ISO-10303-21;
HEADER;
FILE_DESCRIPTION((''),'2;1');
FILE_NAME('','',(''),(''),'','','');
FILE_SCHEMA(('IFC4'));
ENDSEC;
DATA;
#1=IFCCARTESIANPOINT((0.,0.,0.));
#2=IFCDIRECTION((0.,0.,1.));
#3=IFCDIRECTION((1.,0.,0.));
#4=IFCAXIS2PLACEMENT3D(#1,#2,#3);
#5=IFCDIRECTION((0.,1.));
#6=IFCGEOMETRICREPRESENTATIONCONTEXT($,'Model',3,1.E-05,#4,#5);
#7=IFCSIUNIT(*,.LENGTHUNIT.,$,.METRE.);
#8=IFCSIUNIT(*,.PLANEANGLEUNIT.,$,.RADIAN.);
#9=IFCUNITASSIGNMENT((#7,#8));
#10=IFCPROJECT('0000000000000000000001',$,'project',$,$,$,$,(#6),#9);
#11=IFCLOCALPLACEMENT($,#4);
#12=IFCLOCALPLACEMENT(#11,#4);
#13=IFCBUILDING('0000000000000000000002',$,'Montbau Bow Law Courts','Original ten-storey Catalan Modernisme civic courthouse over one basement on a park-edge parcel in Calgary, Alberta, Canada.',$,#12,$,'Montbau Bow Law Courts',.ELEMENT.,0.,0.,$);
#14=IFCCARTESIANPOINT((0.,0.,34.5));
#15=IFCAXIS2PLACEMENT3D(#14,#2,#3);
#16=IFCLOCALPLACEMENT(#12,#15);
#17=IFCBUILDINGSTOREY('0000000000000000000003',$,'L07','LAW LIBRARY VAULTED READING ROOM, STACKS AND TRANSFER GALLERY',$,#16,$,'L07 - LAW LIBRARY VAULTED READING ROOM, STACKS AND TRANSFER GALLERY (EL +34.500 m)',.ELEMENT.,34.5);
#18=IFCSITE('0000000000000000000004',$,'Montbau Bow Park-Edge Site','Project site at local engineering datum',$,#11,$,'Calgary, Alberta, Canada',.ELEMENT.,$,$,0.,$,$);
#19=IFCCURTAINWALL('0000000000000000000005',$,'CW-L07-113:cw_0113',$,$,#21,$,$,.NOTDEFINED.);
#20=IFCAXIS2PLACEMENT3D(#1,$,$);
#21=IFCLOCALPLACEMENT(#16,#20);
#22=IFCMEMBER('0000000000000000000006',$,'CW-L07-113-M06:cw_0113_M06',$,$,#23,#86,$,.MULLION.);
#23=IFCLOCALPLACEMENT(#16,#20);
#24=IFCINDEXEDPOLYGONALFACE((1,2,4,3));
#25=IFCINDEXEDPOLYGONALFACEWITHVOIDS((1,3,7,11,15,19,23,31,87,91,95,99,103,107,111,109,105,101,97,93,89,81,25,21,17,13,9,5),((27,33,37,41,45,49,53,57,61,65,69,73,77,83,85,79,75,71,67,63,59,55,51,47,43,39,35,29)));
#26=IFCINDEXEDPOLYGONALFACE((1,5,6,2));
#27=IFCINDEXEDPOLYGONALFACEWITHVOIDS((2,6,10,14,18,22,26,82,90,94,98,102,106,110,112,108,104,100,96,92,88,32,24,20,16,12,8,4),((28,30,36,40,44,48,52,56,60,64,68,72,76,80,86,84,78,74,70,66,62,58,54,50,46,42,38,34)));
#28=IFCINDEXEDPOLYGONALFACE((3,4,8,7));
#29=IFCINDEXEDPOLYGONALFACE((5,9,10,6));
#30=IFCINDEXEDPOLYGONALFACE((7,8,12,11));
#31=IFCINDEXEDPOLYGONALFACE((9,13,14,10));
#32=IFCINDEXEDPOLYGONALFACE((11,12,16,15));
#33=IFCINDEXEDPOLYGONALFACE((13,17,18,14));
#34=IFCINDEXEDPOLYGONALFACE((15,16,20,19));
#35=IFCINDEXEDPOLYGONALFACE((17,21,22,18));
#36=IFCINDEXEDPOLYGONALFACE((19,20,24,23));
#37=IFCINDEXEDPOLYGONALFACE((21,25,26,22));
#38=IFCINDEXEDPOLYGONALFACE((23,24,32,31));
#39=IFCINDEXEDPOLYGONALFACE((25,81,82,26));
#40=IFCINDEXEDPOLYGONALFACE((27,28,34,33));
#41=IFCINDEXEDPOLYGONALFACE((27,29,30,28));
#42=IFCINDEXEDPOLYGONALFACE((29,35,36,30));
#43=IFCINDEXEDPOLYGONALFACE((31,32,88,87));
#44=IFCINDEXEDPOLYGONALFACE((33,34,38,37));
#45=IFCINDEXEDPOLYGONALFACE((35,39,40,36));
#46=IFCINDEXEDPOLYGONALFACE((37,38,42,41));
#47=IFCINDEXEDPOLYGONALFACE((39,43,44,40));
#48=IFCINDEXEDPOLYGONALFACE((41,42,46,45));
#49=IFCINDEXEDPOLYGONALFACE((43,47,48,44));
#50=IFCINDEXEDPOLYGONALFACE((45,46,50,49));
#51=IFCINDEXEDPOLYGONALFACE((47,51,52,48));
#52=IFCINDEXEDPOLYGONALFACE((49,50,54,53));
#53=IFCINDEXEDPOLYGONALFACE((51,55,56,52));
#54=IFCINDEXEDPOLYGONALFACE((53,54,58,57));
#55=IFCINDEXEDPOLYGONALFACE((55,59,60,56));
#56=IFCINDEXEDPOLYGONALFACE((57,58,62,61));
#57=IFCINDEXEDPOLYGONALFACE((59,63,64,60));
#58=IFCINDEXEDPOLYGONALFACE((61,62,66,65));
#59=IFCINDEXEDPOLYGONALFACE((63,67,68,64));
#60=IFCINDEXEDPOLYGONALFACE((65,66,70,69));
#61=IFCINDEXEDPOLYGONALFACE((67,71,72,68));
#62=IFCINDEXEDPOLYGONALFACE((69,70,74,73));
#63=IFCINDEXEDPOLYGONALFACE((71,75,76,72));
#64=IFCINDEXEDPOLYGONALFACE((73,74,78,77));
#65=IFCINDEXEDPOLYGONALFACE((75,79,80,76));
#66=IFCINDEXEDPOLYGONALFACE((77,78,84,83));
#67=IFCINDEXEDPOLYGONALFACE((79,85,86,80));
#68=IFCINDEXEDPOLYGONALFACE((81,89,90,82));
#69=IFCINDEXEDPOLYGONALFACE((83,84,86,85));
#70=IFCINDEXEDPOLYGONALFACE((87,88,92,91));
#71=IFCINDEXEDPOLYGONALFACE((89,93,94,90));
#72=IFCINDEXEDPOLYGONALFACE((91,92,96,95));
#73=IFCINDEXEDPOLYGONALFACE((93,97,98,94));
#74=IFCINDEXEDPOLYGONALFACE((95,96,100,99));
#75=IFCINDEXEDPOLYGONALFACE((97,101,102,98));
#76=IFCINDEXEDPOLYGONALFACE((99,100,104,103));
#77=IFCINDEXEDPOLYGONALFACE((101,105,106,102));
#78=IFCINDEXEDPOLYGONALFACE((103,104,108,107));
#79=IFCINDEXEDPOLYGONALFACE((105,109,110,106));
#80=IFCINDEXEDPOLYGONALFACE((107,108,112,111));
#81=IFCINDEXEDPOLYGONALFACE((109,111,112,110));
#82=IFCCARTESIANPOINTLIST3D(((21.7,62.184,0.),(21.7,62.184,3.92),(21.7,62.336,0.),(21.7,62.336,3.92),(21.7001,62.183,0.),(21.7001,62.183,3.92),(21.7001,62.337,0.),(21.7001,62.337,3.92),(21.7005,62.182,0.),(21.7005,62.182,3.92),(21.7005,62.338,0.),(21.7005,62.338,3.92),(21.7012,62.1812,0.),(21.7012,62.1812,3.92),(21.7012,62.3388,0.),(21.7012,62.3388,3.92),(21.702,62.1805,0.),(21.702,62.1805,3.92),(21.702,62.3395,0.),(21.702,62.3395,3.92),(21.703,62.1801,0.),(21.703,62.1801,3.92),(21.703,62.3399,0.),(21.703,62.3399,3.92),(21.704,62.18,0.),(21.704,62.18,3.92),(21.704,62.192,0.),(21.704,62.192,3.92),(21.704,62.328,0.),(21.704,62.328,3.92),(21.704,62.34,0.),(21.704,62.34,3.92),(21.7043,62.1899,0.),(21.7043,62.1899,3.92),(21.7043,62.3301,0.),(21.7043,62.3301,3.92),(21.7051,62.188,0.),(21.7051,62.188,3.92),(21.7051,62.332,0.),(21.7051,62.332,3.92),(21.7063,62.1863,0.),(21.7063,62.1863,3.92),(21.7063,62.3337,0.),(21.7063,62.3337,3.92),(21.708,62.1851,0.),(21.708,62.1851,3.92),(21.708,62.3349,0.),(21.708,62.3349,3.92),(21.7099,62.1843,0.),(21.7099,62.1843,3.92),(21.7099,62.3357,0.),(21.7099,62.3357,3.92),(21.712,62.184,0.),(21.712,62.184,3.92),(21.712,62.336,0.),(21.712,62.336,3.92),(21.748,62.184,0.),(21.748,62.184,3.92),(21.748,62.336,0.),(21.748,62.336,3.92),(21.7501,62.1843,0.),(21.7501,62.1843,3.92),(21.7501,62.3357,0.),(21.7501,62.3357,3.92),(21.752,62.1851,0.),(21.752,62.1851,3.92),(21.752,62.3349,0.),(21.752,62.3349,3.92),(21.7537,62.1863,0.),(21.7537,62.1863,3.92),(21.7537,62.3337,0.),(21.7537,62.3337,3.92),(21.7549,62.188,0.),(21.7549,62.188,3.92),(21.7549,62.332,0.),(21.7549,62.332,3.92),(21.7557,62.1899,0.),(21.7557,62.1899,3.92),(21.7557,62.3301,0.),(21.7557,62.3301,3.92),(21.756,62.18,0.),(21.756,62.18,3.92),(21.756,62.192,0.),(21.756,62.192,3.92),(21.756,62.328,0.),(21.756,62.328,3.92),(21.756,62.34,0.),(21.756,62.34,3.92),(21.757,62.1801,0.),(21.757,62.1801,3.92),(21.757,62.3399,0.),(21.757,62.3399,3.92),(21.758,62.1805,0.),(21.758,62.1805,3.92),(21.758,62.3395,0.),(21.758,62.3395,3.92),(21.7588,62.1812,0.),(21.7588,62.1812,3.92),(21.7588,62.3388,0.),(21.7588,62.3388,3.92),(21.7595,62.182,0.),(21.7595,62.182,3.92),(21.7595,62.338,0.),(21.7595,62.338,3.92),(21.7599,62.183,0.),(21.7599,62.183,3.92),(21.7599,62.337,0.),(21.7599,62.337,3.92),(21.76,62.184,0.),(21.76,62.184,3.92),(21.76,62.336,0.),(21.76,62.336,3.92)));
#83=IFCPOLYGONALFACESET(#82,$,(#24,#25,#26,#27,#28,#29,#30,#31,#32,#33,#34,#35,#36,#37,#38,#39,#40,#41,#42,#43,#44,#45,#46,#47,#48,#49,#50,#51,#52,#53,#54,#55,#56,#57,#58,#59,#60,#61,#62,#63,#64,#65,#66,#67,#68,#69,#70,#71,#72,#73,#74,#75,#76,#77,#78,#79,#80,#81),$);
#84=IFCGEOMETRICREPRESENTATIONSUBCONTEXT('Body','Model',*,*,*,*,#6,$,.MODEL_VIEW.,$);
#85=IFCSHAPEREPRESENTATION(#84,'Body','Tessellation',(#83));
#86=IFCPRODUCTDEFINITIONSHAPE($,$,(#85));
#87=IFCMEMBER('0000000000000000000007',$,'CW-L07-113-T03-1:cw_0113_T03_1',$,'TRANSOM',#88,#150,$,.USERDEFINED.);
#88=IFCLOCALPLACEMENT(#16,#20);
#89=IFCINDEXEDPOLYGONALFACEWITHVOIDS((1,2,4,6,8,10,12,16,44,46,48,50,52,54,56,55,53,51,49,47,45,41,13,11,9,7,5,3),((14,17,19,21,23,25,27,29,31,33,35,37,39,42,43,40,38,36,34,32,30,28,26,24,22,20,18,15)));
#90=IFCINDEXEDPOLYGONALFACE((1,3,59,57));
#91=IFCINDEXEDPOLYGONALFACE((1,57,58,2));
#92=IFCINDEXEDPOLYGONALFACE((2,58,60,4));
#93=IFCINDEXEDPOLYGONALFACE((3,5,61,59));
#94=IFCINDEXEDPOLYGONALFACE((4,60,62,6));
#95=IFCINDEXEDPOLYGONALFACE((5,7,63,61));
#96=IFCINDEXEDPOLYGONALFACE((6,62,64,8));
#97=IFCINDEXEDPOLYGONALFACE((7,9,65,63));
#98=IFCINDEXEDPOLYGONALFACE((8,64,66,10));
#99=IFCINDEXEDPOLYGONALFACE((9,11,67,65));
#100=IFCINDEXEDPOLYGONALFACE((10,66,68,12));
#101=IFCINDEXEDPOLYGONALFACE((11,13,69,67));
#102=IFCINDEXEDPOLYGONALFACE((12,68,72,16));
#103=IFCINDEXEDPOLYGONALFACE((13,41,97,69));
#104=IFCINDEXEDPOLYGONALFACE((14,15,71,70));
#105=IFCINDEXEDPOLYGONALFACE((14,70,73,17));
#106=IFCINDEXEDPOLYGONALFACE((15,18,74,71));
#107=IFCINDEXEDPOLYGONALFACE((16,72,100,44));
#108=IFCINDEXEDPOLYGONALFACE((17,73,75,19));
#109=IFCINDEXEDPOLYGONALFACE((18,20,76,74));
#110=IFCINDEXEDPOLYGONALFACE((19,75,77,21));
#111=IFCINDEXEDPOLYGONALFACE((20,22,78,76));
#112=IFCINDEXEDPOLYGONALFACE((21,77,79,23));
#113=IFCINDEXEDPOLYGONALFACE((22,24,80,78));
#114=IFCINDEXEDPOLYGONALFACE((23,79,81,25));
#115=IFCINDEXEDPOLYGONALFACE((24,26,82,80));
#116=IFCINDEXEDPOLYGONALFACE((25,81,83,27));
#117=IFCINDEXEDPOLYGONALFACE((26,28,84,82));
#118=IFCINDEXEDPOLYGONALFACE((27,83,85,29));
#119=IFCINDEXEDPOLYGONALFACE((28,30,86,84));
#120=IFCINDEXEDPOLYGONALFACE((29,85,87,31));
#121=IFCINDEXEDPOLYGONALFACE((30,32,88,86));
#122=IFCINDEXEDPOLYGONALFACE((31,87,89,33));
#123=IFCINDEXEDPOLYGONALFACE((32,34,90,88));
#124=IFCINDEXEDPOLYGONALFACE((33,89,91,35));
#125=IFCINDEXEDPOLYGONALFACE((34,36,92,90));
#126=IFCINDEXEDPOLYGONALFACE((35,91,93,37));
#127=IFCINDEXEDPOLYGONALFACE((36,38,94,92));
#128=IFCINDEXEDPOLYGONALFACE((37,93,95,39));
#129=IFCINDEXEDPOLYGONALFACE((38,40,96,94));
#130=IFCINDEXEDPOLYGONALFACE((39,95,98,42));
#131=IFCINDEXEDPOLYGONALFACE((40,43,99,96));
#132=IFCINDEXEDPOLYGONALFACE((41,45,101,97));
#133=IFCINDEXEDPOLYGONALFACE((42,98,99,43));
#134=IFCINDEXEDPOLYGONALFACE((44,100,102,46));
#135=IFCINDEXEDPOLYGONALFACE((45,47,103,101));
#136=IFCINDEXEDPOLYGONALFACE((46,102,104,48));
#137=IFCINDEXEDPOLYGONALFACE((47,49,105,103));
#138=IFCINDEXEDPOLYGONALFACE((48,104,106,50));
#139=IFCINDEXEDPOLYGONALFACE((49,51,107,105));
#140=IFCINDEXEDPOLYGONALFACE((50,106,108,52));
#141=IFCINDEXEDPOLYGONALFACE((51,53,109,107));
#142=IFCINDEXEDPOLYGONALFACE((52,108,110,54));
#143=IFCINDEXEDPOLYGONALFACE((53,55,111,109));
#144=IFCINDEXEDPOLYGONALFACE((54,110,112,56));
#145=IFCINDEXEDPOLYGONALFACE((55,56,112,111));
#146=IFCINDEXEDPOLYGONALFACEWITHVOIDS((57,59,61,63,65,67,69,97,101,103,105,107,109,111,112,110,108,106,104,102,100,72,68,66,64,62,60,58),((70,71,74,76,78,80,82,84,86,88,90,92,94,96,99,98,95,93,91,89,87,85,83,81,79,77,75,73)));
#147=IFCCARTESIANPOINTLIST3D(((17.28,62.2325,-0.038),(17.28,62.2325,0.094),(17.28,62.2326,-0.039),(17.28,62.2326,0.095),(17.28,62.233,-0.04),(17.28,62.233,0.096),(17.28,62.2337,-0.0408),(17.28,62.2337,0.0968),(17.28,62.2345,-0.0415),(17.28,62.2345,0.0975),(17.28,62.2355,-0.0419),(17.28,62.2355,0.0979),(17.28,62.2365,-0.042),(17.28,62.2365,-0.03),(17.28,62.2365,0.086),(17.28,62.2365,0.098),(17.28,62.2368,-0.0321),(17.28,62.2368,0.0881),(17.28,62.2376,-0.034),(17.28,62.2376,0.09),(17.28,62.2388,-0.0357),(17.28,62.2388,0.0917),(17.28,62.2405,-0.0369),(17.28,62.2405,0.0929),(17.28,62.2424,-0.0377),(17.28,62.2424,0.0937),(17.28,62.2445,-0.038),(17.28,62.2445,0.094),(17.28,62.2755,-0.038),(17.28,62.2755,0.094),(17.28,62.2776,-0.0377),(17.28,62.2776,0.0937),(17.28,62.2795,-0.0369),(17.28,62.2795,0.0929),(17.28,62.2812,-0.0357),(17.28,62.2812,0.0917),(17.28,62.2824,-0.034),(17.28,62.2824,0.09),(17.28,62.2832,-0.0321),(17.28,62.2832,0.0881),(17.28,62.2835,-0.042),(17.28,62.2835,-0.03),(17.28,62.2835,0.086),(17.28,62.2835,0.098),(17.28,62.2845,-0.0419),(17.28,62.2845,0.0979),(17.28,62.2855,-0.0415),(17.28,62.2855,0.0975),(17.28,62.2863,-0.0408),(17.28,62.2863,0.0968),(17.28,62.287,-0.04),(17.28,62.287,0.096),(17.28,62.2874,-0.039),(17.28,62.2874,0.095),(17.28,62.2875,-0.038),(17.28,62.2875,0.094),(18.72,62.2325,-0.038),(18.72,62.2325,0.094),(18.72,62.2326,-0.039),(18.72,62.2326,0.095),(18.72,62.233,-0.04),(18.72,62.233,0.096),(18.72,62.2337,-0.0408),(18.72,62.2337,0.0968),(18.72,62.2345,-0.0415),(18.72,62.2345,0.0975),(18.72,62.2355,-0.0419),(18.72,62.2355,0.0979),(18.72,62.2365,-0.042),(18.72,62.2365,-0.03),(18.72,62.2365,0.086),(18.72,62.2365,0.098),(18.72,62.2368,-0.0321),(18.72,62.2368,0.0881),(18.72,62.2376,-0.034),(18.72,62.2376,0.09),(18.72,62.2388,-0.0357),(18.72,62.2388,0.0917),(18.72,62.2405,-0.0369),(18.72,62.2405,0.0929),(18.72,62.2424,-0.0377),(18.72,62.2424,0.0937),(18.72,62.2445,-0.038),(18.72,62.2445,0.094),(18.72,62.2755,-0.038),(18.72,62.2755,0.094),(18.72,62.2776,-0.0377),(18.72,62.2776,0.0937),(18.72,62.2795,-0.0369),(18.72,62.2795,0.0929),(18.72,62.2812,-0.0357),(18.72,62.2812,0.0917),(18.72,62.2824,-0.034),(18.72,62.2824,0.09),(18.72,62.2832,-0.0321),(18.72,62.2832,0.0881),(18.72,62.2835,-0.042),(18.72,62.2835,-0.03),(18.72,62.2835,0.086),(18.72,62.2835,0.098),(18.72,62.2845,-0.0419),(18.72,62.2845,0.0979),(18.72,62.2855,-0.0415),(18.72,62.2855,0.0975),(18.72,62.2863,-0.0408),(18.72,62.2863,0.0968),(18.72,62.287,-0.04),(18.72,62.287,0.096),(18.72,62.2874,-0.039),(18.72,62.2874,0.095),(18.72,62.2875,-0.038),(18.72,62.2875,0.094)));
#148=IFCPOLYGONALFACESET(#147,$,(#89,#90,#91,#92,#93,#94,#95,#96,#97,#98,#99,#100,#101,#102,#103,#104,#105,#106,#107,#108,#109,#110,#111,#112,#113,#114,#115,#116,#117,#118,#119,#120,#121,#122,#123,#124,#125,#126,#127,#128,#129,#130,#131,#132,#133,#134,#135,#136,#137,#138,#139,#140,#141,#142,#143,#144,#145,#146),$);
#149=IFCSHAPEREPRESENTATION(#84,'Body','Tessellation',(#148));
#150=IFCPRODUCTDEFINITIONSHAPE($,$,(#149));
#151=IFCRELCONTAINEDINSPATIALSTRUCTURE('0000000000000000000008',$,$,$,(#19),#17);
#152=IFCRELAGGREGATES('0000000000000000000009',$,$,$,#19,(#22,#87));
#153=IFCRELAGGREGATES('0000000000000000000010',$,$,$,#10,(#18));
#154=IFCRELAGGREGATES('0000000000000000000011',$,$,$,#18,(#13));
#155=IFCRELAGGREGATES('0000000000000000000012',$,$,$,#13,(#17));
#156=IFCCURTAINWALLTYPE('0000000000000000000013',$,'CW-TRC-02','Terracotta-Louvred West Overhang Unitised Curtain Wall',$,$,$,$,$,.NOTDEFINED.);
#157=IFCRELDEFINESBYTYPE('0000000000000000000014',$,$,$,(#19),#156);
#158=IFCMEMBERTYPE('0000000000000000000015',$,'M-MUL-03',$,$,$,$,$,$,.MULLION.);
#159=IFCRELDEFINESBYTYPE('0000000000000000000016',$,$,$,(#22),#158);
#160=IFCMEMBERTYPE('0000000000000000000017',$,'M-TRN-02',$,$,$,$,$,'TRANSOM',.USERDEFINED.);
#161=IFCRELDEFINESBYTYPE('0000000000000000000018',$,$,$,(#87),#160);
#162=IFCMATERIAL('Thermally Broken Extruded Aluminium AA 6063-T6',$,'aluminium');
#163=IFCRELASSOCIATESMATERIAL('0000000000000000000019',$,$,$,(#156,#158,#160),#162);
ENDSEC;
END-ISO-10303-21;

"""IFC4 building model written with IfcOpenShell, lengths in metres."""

from ifc_helpers import new_model, si_unit, direction, frame, origin_with_axes, origin_2d_with_axis, place, context, subcontext, project, spatial, hollow_rectangle, extrude, material, material_profile, profile_set, type_object, element, aggregate, save


model = new_model("IFC4")

# Units and contexts
model_context = context("Model", 3, precision=1e-05, world=origin_with_axes(), true_north=direction((0.0, 1.0)))
body_context = subcontext(model_context, "Body", "Model", "MODEL_VIEW")
ifc_project = project(units=[si_unit("LENGTHUNIT", "METRE"), si_unit("PLANEANGLEUNIT", "RADIAN")], contexts=[model_context])

# Site, building, storey
site_placement = place(None, origin_with_axes())
site = spatial("IfcSite", under=ifc_project, at=site_placement, Name="Montbau Bow Park-Edge Site", Description="Project site at local engineering datum", LongName="Calgary, Alberta, Canada", CompositionType="ELEMENT", RefElevation=0.0)
building_placement = place(site_placement, origin_with_axes())
building = spatial("IfcBuilding", under=site, at=building_placement, Name="Montbau Bow Law Courts", Description="Original ten-storey Catalan Modernisme civic courthouse over one basement on a park-edge parcel in Calgary, Alberta, Canada.", LongName="Montbau Bow Law Courts", CompositionType="ELEMENT", ElevationOfRefHeight=0.0, ElevationOfTerrain=0.0)
storey_placement = place(building_placement, frame((0.0, 0.0, 34.5), z_axis=(0.0, 0.0, 1.0), x_axis=(1.0, 0.0, 0.0)))
storey = spatial("IfcBuildingStorey", under=building, at=storey_placement, Name="L07", Description="LAW LIBRARY VAULTED READING ROOM, STACKS AND TRANSFER GALLERY", LongName="L07 - LAW LIBRARY VAULTED READING ROOM, STACKS AND TRANSFER GALLERY (EL +34.500 m)", CompositionType="ELEMENT", Elevation=34.5)

# Curtain wall, members
ifc_material_1 = material(Name="Thermally Broken Extruded Aluminium AA 6063-T6", Category="aluminium")
curtain_wall_type = type_object("IfcCurtainWallType", Name="CW-TRC-02", Description="Terracotta-Louvred West Overhang Unitised Curtain Wall", PredefinedType="NOTDEFINED", material=ifc_material_1)
curtain_wall_placement = place(None, frame((14.24, 62.26, 34.5), z_axis=(0.0, 0.0, 1.0), x_axis=(1.0, 0.0, 0.0)))
curtain_wall = element("IfcCurtainWall", 1, at=curtain_wall_placement, inside=storey, type_object=curtain_wall_type, Name="CW-L07-113:cw_0113", PredefinedType="NOTDEFINED")
ifc_material_profile_1 = material_profile(ifc_material_1, hollow_rectangle(XDim=0.06, YDim=0.16, WallThickness=0.004, InnerFilletRadius=0.008, OuterFilletRadius=0.004, at=origin_2d_with_axis()), Name="CWM-160X60", Category="Main", Priority=0)
ifc_profile_set_1 = profile_set([ifc_material_profile_1], Name="Thermally Broken Extruded Aluminium AA 6063-T6")
member_type_1 = type_object("IfcMemberType", Name="M-MUL-03", PredefinedType="MULLION", material=ifc_profile_set_1)
member_1_placement = place(None, frame((21.73, 62.26, 34.5), z_axis=(0.0, 0.0, 1.0), x_axis=(1.0, 0.0, 0.0)))
member_1 = element("IfcMember", 2, at=member_1_placement, type_object=member_type_1, Name="CW-L07-113-M06:cw_0113_M06", PredefinedType="MULLION", context=body_context, shape_type="SweptSolid", body=[
    extrude(hollow_rectangle(XDim=0.06, YDim=0.16, WallThickness=0.004, InnerFilletRadius=0.008, OuterFilletRadius=0.004, at=origin_2d_with_axis()), origin_with_axes(), (0.0, 0.0, 1.0), 3.92),
])
ifc_material_profile_2 = material_profile(ifc_material_1, hollow_rectangle(XDim=0.055, YDim=0.14, WallThickness=0.004, InnerFilletRadius=0.008, OuterFilletRadius=0.004, at=origin_2d_with_axis()), Name="CWT-140X55", Category="Main", Priority=0)
ifc_profile_set_2 = profile_set([ifc_material_profile_2], Name="Thermally Broken Extruded Aluminium AA 6063-T6")
member_type_2 = type_object("IfcMemberType", Name="M-TRN-02", ElementType="TRANSOM", PredefinedType="USERDEFINED", material=ifc_profile_set_2)
member_2_placement = place(None, frame((17.28, 62.26, 34.528), z_axis=(1.0, 0.0, 0.0), x_axis=(0.0, 1.0, 0.0)))
member_2 = element("IfcMember", 3, at=member_2_placement, type_object=member_type_2, Name="CW-L07-113-T03-1:cw_0113_T03_1", ObjectType="TRANSOM", PredefinedType="USERDEFINED", context=body_context, shape_type="SweptSolid", body=[
    extrude(hollow_rectangle(XDim=0.055, YDim=0.14, WallThickness=0.004, InnerFilletRadius=0.008, OuterFilletRadius=0.004, at=origin_2d_with_axis()), origin_with_axes(), (0.0, 0.0, 1.0), 1.44),
])
aggregate(curtain_wall, [member_1, member_2])

save(model, "model.ifc")
